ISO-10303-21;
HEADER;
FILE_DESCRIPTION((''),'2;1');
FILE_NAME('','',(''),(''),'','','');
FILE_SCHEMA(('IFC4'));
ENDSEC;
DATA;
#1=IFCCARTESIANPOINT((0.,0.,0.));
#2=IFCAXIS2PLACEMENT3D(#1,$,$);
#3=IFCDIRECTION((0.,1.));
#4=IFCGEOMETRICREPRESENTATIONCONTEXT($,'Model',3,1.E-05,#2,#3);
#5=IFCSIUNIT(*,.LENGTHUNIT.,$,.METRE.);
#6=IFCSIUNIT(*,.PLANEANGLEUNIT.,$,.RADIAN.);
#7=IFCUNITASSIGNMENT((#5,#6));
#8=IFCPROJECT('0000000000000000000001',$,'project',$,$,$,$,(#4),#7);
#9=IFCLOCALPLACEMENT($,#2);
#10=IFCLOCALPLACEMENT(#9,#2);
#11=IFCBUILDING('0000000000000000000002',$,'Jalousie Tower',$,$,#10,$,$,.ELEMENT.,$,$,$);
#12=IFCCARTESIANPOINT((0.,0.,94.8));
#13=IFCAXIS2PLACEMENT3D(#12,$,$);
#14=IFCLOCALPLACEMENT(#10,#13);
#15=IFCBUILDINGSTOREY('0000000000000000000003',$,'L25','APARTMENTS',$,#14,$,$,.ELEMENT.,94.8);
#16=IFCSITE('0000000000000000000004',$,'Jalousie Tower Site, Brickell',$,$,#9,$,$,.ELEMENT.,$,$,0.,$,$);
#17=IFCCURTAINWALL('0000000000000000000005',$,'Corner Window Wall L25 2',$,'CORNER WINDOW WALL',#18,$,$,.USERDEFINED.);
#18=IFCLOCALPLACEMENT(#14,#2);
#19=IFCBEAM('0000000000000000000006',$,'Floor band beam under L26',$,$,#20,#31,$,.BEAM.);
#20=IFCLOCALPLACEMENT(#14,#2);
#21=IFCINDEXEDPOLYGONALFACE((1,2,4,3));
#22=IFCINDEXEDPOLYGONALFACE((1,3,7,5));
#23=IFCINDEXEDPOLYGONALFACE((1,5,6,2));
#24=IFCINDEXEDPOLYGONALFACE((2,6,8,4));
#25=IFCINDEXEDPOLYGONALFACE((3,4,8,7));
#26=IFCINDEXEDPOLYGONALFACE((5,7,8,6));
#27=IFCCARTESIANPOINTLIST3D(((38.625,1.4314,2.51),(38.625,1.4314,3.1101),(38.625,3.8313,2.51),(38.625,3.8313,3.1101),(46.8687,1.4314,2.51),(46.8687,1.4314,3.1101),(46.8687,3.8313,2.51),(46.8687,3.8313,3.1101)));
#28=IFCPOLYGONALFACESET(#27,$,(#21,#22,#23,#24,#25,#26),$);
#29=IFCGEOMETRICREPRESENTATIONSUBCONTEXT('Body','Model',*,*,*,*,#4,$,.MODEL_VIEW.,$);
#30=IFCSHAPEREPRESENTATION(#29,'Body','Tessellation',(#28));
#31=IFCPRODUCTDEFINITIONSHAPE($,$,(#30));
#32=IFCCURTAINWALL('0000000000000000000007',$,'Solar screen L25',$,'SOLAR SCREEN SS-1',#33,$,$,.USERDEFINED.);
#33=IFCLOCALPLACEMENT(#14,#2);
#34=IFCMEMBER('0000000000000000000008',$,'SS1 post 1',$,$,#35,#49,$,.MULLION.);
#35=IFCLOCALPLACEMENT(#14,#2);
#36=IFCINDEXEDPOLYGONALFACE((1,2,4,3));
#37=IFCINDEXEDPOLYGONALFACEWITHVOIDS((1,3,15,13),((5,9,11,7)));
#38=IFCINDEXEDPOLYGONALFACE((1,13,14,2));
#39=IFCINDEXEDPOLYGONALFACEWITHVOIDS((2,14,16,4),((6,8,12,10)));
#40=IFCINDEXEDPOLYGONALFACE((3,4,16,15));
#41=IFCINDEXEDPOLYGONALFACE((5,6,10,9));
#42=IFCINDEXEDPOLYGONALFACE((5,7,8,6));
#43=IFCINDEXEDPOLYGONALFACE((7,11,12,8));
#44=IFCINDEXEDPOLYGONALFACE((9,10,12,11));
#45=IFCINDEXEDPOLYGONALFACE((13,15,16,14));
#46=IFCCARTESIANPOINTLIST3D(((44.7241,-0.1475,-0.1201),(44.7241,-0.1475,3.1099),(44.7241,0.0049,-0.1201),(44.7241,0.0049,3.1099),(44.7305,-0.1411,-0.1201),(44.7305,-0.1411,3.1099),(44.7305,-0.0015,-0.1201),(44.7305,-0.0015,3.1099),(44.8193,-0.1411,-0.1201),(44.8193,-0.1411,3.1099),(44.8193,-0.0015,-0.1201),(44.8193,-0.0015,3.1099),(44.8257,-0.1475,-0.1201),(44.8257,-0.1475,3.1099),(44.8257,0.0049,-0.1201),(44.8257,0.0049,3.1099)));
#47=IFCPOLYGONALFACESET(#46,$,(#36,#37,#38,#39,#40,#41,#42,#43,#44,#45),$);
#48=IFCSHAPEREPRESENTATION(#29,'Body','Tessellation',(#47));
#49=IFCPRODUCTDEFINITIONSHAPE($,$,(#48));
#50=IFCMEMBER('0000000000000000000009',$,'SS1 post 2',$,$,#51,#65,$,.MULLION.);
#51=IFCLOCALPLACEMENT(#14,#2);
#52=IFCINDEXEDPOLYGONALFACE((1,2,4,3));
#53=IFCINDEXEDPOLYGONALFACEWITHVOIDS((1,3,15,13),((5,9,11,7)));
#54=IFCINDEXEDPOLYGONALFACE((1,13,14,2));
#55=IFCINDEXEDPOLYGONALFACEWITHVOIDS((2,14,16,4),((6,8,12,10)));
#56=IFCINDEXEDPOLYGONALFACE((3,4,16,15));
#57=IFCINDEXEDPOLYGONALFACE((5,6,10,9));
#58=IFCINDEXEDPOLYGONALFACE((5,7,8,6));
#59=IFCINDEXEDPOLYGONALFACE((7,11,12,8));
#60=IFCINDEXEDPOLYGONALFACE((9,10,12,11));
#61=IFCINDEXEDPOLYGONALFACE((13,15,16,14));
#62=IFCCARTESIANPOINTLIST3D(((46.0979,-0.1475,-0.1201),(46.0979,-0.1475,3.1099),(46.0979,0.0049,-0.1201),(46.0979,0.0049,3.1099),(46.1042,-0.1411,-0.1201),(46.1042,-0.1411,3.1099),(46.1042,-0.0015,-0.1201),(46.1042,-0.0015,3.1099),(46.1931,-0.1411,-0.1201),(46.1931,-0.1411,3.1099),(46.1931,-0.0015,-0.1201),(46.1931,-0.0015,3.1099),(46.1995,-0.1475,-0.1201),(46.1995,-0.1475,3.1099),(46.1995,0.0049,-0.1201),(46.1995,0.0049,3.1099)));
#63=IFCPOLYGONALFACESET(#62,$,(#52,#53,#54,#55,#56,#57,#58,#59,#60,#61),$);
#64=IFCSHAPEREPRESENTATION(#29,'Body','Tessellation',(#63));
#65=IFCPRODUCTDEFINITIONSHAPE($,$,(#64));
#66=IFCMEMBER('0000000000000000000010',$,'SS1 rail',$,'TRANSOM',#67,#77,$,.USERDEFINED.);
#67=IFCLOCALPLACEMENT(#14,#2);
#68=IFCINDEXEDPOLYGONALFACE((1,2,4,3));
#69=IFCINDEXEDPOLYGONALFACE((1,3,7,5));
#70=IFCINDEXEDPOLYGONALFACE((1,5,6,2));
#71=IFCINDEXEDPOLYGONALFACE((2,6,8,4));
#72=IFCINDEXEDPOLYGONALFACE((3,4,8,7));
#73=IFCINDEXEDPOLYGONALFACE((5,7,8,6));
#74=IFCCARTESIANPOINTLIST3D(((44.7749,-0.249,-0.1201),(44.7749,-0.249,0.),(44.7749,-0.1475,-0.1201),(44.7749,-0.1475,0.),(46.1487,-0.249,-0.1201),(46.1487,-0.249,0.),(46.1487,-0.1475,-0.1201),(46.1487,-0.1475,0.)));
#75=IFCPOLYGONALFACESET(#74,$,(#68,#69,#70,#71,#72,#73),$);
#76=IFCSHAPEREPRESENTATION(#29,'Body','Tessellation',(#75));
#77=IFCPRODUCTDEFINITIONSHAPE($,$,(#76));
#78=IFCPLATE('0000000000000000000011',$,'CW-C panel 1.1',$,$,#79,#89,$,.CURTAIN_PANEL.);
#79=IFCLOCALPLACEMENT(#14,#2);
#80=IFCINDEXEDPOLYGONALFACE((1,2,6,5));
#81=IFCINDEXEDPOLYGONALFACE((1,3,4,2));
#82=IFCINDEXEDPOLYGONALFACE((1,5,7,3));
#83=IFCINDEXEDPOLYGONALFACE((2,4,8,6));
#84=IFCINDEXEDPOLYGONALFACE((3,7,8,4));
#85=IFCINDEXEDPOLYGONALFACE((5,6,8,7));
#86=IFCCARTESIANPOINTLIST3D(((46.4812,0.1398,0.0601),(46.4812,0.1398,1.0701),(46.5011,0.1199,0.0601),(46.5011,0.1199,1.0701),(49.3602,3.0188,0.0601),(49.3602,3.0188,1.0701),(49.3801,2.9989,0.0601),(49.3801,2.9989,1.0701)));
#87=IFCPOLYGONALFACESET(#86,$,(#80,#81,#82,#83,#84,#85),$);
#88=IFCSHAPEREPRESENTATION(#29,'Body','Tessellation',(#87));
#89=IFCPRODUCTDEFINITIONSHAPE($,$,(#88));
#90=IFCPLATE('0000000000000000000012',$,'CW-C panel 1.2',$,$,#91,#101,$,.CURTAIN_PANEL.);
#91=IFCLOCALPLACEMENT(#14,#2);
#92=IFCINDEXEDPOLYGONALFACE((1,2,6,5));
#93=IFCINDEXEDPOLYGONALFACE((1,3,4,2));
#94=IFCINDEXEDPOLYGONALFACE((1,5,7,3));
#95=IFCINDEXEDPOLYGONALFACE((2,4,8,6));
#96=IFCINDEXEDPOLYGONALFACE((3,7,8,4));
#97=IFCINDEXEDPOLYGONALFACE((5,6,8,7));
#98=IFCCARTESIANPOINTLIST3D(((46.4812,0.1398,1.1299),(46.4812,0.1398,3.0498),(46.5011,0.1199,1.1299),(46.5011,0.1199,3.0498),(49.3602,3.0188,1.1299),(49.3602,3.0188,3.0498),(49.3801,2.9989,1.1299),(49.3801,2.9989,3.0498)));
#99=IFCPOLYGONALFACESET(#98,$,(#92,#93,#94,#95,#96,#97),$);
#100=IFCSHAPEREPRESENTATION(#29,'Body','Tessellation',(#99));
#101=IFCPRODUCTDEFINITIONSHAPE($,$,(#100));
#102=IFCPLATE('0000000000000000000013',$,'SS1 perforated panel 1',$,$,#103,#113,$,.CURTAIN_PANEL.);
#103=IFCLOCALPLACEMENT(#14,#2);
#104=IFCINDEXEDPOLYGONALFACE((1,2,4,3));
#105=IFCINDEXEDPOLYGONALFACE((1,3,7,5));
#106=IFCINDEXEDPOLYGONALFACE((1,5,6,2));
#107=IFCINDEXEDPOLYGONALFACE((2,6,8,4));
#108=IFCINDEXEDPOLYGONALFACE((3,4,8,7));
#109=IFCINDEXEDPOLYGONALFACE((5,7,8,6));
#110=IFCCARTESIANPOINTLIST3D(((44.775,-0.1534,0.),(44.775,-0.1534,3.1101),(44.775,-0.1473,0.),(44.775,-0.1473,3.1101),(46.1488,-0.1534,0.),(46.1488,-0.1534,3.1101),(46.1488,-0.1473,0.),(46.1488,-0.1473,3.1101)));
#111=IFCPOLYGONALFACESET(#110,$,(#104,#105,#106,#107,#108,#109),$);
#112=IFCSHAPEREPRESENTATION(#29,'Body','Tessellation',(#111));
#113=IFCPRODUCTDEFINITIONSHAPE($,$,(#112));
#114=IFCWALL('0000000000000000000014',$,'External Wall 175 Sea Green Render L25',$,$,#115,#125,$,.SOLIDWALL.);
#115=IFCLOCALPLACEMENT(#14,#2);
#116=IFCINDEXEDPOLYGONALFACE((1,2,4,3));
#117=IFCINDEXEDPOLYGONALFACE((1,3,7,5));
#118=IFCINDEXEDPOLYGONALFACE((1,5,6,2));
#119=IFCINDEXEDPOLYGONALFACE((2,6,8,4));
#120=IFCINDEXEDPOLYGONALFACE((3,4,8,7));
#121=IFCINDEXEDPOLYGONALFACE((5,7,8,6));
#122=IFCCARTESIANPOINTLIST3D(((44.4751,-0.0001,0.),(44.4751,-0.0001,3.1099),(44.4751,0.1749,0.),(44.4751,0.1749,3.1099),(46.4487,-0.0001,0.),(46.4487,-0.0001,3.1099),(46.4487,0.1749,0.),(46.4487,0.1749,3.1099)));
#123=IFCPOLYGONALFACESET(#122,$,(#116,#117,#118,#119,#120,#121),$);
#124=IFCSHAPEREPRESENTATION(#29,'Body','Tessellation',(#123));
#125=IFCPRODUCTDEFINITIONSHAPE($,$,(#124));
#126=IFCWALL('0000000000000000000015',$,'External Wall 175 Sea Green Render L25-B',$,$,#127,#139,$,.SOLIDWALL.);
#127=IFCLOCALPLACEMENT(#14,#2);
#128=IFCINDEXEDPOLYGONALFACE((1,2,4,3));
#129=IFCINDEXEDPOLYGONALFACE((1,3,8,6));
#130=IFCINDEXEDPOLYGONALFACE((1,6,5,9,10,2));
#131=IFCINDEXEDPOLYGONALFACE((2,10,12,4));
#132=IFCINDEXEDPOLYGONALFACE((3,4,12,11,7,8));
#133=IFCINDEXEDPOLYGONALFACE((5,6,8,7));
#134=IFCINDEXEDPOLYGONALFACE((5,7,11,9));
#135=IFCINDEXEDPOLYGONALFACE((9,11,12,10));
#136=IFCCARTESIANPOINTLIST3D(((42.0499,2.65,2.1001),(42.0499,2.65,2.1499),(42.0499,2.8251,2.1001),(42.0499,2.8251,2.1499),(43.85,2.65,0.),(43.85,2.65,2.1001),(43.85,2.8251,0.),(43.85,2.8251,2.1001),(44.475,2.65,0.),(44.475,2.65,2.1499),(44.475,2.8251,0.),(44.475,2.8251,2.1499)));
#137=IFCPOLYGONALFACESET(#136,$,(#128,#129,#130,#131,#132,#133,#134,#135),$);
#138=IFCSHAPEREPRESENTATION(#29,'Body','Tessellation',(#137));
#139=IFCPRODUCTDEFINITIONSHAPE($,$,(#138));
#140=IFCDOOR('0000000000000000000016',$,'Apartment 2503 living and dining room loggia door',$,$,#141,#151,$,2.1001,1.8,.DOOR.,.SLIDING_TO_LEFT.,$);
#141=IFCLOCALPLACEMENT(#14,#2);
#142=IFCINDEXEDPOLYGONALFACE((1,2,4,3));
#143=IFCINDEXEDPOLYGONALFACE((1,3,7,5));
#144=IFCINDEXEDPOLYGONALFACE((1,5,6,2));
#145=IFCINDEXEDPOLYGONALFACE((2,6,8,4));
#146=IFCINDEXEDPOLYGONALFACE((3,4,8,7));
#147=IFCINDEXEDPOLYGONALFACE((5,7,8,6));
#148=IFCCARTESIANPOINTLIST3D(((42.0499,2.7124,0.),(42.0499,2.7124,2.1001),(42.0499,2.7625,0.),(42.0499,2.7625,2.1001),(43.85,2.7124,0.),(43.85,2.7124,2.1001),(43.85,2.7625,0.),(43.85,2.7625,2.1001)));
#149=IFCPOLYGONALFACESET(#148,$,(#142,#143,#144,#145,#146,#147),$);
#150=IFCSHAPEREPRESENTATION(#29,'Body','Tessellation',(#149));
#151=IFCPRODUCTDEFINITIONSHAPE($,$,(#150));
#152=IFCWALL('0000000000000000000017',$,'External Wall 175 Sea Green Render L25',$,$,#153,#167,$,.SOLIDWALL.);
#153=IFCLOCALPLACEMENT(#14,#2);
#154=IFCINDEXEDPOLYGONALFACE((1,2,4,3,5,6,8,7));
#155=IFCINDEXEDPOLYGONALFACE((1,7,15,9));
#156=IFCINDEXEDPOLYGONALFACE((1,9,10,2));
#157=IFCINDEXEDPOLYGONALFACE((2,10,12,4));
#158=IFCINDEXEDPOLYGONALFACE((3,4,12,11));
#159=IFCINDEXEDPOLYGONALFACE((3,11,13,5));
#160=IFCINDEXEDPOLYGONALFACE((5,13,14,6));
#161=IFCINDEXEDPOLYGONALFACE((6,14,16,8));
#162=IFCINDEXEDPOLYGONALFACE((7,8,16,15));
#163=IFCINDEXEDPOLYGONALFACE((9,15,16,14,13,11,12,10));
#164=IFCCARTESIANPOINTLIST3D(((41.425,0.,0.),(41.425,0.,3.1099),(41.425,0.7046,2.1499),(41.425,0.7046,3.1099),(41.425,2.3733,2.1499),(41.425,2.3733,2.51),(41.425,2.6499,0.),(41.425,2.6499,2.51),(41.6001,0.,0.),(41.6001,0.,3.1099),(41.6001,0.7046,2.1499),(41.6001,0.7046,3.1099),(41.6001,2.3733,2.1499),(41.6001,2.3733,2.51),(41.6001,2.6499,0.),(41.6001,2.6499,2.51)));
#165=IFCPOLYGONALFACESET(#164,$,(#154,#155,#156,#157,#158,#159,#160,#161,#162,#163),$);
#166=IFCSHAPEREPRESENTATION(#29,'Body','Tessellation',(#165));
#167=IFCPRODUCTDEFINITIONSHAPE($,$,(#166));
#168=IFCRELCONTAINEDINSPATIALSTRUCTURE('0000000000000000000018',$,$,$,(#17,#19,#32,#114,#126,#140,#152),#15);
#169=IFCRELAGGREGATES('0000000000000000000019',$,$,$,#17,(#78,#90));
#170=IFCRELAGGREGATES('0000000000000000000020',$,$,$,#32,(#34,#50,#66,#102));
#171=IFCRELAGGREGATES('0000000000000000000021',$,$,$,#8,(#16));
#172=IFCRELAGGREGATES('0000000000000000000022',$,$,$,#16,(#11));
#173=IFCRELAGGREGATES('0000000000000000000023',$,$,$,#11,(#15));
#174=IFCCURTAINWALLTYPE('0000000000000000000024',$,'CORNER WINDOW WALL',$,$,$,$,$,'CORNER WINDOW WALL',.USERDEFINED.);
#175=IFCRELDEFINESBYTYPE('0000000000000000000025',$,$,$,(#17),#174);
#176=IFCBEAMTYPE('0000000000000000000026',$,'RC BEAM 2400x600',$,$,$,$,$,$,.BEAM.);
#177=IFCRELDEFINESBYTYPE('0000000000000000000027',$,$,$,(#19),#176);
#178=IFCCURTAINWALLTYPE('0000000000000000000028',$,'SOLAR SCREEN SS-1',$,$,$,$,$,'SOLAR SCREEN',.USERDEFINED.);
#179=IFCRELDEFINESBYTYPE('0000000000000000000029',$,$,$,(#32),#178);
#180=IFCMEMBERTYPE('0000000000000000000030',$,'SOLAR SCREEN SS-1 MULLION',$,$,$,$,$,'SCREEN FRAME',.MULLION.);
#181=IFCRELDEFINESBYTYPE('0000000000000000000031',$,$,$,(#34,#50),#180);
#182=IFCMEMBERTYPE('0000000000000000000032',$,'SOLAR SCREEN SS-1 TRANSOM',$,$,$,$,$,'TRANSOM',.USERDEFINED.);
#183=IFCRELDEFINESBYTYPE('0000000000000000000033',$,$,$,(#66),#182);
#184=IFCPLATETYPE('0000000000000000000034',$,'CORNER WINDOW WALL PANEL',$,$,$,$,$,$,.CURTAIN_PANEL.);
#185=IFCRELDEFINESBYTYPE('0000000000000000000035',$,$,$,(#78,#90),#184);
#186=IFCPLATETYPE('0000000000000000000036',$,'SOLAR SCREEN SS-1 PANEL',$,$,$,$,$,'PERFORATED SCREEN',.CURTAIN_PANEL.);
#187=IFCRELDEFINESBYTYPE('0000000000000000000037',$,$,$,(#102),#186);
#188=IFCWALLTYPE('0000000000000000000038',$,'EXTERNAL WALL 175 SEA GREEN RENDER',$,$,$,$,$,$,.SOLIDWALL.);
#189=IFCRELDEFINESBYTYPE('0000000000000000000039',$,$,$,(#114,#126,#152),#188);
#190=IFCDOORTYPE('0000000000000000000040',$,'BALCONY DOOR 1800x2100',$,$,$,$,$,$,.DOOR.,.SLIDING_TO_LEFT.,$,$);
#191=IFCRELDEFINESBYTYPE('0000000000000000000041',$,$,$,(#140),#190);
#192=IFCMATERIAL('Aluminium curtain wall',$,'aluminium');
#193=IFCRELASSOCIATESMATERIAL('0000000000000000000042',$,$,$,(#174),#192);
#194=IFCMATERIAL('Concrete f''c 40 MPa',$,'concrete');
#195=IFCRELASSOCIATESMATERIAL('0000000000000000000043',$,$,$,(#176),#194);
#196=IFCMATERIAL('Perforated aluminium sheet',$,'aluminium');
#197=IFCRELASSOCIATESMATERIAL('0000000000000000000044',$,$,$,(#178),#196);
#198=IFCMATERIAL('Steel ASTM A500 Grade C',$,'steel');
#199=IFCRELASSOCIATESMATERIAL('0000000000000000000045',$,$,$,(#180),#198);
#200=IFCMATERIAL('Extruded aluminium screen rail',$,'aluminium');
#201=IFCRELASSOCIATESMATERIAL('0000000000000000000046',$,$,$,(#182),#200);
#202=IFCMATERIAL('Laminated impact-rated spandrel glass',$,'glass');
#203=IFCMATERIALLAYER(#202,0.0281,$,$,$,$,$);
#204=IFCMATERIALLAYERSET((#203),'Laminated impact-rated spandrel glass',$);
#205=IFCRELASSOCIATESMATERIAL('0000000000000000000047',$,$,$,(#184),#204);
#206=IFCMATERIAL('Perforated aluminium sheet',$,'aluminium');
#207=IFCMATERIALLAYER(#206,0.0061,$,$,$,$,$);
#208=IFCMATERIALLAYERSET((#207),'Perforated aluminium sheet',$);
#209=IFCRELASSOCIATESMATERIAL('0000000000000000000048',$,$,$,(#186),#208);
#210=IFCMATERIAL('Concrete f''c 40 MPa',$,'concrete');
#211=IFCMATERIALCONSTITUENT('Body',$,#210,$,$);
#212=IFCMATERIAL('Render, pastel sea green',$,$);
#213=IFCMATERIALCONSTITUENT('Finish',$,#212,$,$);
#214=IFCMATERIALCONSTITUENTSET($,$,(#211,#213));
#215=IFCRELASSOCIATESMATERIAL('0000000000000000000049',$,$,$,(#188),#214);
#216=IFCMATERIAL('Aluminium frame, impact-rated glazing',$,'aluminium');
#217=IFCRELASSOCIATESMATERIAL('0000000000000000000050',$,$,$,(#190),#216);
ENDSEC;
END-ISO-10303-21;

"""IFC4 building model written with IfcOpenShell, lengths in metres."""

from ifc_helpers import new_model, si_unit, direction, frame, frame_2d, origin, origin_2d, place, context, subcontext, project, spatial, polyline, rectangle, hollow_rectangle, outline, extrude, material, layer, layer_set, constituent, constituent_set, material_profile, profile_set, type_object, element, fill, aggregate, save


model = new_model("IFC4")

# Units and contexts
model_context = context("Model", 3, precision=1e-05, world=origin(), true_north=direction((0.0, 1.0)))
body_context = subcontext(model_context, "Body", "Model", "MODEL_VIEW")
ifc_project = project(units=[si_unit("LENGTHUNIT", "METRE"), si_unit("PLANEANGLEUNIT", "RADIAN")], contexts=[model_context])

# Site, building, storey
site_placement = place(None, origin())
site = spatial("IfcSite", under=ifc_project, at=site_placement, Name="Jalousie Tower Site, Brickell", CompositionType="ELEMENT", RefElevation=0.0)
building_placement = place(site_placement, origin())
building = spatial("IfcBuilding", under=site, at=building_placement, Name="Jalousie Tower", CompositionType="ELEMENT")
storey_placement = place(building_placement, frame((0.0, 0.0, 94.8)))
storey = spatial("IfcBuildingStorey", under=building, at=storey_placement, Name="L25", Description="APARTMENTS", CompositionType="ELEMENT", Elevation=94.8)

# Curtain wall
ifc_material_1 = material(Name="Aluminium curtain wall", Category="aluminium")
curtain_wall_type_1 = type_object("IfcCurtainWallType", Name="CORNER WINDOW WALL", ElementType="CORNER WINDOW WALL", PredefinedType="USERDEFINED", material=ifc_material_1)
curtain_wall_1_placement = place(storey_placement, origin())
curtain_wall_1 = element("IfcCurtainWall", 1, at=curtain_wall_1_placement, inside=storey, type_object=curtain_wall_type_1, Name="Corner Window Wall L25 2", ObjectType="CORNER WINDOW WALL", PredefinedType="USERDEFINED")

# Beam
ifc_material_2 = material(Name="Concrete f'c 40 MPa", Category="concrete")
ifc_material_profile_1 = material_profile(ifc_material_2, rectangle(XDim=2.3999, YDim=0.6001, at=origin_2d()), Name="RC 2400x600")
ifc_profile_set_1 = profile_set([ifc_material_profile_1], Name="Concrete f'c 40 MPa")
beam_type_1 = type_object("IfcBeamType", Name="RC BEAM 2400x600", PredefinedType="BEAM", material=ifc_profile_set_1)
beam_1_placement = place(storey_placement, frame((46.8687, 2.6313, 2.8101), z_axis=(-1.0, 0.0, 0.0), x_axis=(0.0, -1.0, 0.0)))
element("IfcBeam", 2, at=beam_1_placement, inside=storey, type_object=beam_type_1, Name="Floor band beam under L26", PredefinedType="BEAM", context=body_context, shape_type="SweptSolid", body=[
    extrude(rectangle(XDim=2.3999, YDim=0.6001, at=origin_2d()), origin(), (0.0, 0.0, 1.0), 8.2437),
])

# Curtain wall, members
ifc_material_3 = material(Name="Perforated aluminium sheet", Category="aluminium")
curtain_wall_type_2 = type_object("IfcCurtainWallType", Name="SOLAR SCREEN SS-1", ElementType="SOLAR SCREEN", PredefinedType="USERDEFINED", material=ifc_material_3)
curtain_wall_2_placement = place(storey_placement, origin())
curtain_wall_2 = element("IfcCurtainWall", 3, at=curtain_wall_2_placement, inside=storey, type_object=curtain_wall_type_2, Name="Solar screen L25", ObjectType="SOLAR SCREEN SS-1", PredefinedType="USERDEFINED")
ifc_material_4 = material(Name="Steel ASTM A500 Grade C", Category="steel")
ifc_material_profile_2 = material_profile(ifc_material_4, hollow_rectangle(XDim=0.1016, YDim=0.1523, WallThickness=0.0063, at=origin_2d()), Name="HSS6X4X1/4")
ifc_profile_set_2 = profile_set([ifc_material_profile_2], Name="Steel ASTM A500 Grade C")
member_type_1 = type_object("IfcMemberType", Name="SOLAR SCREEN SS-1 MULLION", ElementType="SCREEN FRAME", PredefinedType="MULLION", material=ifc_profile_set_2)
member_1_placement = place(storey_placement, frame((44.7749, -0.0713, -0.1201), z_axis=(0.0, 0.0, 1.0), x_axis=(1.0, 0.0, 0.0)))
member_1 = element("IfcMember", 4, at=member_1_placement, type_object=member_type_1, Name="SS1 post 1", PredefinedType="MULLION", context=body_context, shape_type="SweptSolid", body=[
    extrude(hollow_rectangle(XDim=0.1016, YDim=0.1523, WallThickness=0.0063, at=origin_2d()), origin(), (0.0, 0.0, 1.0), 3.23),
])
member_2_placement = place(storey_placement, frame((46.1487, -0.0713, -0.1201), z_axis=(0.0, 0.0, 1.0), x_axis=(1.0, 0.0, 0.0)))
member_2 = element("IfcMember", 5, at=member_2_placement, type_object=member_type_1, Name="SS1 post 2", PredefinedType="MULLION", context=body_context, shape_type="SweptSolid", body=[
    extrude(hollow_rectangle(XDim=0.1016, YDim=0.1523, WallThickness=0.0063, at=origin_2d()), origin(), (0.0, 0.0, 1.0), 3.23),
])
ifc_material_5 = material(Name="Extruded aluminium screen rail", Category="aluminium")
ifc_material_profile_3 = material_profile(ifc_material_5, rectangle(XDim=0.1016, YDim=0.1201, at=origin_2d()), Name="RAIL 102x120")
ifc_profile_set_3 = profile_set([ifc_material_profile_3], Name="Extruded aluminium screen rail")
member_type_2 = type_object("IfcMemberType", Name="SOLAR SCREEN SS-1 TRANSOM", ElementType="TRANSOM", PredefinedType="USERDEFINED", material=ifc_profile_set_3)
member_3_placement = place(storey_placement, frame((44.7749, -0.1982, -0.0601), z_axis=(1.0, 0.0, 0.0), x_axis=(0.0, 1.0, 0.0)))
member_3 = element("IfcMember", 6, at=member_3_placement, type_object=member_type_2, Name="SS1 rail", ObjectType="TRANSOM", PredefinedType="USERDEFINED", context=body_context, shape_type="SweptSolid", body=[
    extrude(rectangle(XDim=0.1016, YDim=0.1201, at=origin_2d()), origin(), (0.0, 0.0, 1.0), 1.3738),
])

# Plates
ifc_material_6 = material(Name="Laminated impact-rated spandrel glass", Category="glass")
ifc_layer_1 = layer(ifc_material_6, 0.0281)
ifc_layer_set_1 = layer_set([ifc_layer_1], Name="Laminated impact-rated spandrel glass")
plate_type_1 = type_object("IfcPlateType", Name="CORNER WINDOW WALL PANEL", PredefinedType="CURTAIN_PANEL", material=ifc_layer_set_1)
plate_1_placement = place(storey_placement, frame((47.9307, 1.5693, 0.0601), z_axis=(0.0, 0.0, 1.0), x_axis=(0.707107, 0.707107, 0.0)))
plate_1 = element("IfcPlate", 7, at=plate_1_placement, type_object=plate_type_1, Name="CW-C panel 1.1", PredefinedType="CURTAIN_PANEL", context=body_context, shape_type="SweptSolid", body=[
    extrude(rectangle(XDim=4.0715, YDim=0.0281, at=origin_2d()), origin(), (0.0, 0.0, 1.0), 1.01),
])
plate_2_placement = place(storey_placement, frame((47.9307, 1.5693, 1.1299), z_axis=(0.0, 0.0, 1.0), x_axis=(0.707107, 0.707107, 0.0)))
plate_2 = element("IfcPlate", 8, at=plate_2_placement, type_object=plate_type_1, Name="CW-C panel 1.2", PredefinedType="CURTAIN_PANEL", context=body_context, shape_type="SweptSolid", body=[
    extrude(rectangle(XDim=4.0715, YDim=0.0281, at=origin_2d()), origin(), (0.0, 0.0, 1.0), 1.9199),
])
aggregate(curtain_wall_1, [plate_1, plate_2])
ifc_material_7 = material(Name="Perforated aluminium sheet", Category="aluminium")
ifc_layer_2 = layer(ifc_material_7, 0.0061)
ifc_layer_set_2 = layer_set([ifc_layer_2], Name="Perforated aluminium sheet")
plate_type_2 = type_object("IfcPlateType", Name="SOLAR SCREEN SS-1 PANEL", ElementType="PERFORATED SCREEN", PredefinedType="CURTAIN_PANEL", material=ifc_layer_set_2)
plate_3_placement = place(storey_placement, frame((45.4619, -0.1504, 0.0), z_axis=(0.0, 0.0, 1.0), x_axis=(1.0, 0.0, 0.0)))
plate_3 = element("IfcPlate", 9, at=plate_3_placement, type_object=plate_type_2, Name="SS1 perforated panel 1", PredefinedType="CURTAIN_PANEL", context=body_context, shape_type="SweptSolid", body=[
    extrude(rectangle(XDim=1.3738, YDim=0.0061, at=origin_2d()), origin(), (0.0, 0.0, 1.0), 3.1101),
])
aggregate(curtain_wall_2, [member_1, member_2, member_3, plate_3])

# Wall
ifc_material_8 = material(Name="Concrete f'c 40 MPa", Category="concrete")
ifc_constituent_1 = constituent(ifc_material_8, Name="Body")
ifc_material_9 = material(Name="Render, pastel sea green")
ifc_constituent_2 = constituent(ifc_material_9, Name="Finish")
ifc_constituent_set = constituent_set(constituents=[ifc_constituent_1, ifc_constituent_2])
wall_type = type_object("IfcWallType", Name="EXTERNAL WALL 175 SEA GREEN RENDER", PredefinedType="SOLIDWALL", material=ifc_constituent_set)
wall_1_placement = place(storey_placement, frame((44.4751, 0.0874, 0.0), z_axis=(0.0, 0.0, 1.0), x_axis=(1.0, 0.0, 0.0)))
element("IfcWall", 10, at=wall_1_placement, inside=storey, type_object=wall_type, Name="External Wall 175 Sea Green Render L25", PredefinedType="SOLIDWALL", context=body_context, shape_type="SweptSolid", body=[
    extrude(rectangle(XDim=1.9736, YDim=0.175, at=frame_2d((0.9868, 0.0))), origin(), (0.0, 0.0, 1.0), 3.1099),
])

# Wall, opening, door
wall_2_placement = place(storey_placement, frame((42.05, 2.7375, 0.0), z_axis=(0.0, 0.0, 1.0), x_axis=(1.0, 0.0, 0.0)))
wall_2 = element("IfcWall", 11, at=wall_2_placement, inside=storey, type_object=wall_type, Name="External Wall 175 Sea Green Render L25-B", PredefinedType="SOLIDWALL", context=body_context, shape_type="SweptSolid", body=[
    extrude(rectangle(XDim=2.425, YDim=0.175, at=frame_2d((1.2124, 0.0))), origin(), (0.0, 0.0, 1.0), 2.1499),
])
opening_1_placement = place(wall_2_placement, origin())
opening_1 = element("IfcOpeningElement", 12, at=opening_1_placement, cuts=wall_2, PredefinedType="OPENING", context=body_context, shape_type="SweptSolid", body=[
    extrude(rectangle(XDim=1.8, YDim=2.1001, at=frame_2d((0.8999, 1.05))), frame((0.0, 0.0974, 0.0), z_axis=(0.0, -1.0, 0.0), x_axis=(1.0, 0.0, 0.0)), (0.0, 0.0, 1.0), 0.1951),
])
ifc_material_10 = material(Name="Aluminium frame, impact-rated glazing", Category="aluminium")
door_type = type_object("IfcDoorType", Name="BALCONY DOOR 1800x2100", OperationType="SLIDING_TO_LEFT", PredefinedType="DOOR", material=ifc_material_10)
door_placement = place(opening_1_placement, origin())
door = element("IfcDoor", 13, at=door_placement, inside=storey, type_object=door_type, Name="Apartment 2503 living and dining room loggia door", OperationType="SLIDING_TO_LEFT", OverallHeight=2.1001, OverallWidth=1.8, PredefinedType="DOOR", context=body_context, shape_type="SweptSolid", body=[
    extrude(rectangle(XDim=1.8, YDim=2.1001, at=frame_2d((0.8999, 1.05))), frame((0.0, 0.0249, 0.0), z_axis=(0.0, -1.0, 0.0), x_axis=(1.0, 0.0, 0.0)), (0.0, 0.0, 1.0), 0.05),
])
fill(opening_1, door)

# Wall
wall_3_placement = place(storey_placement, frame((41.5125, 0.0, 0.0), z_axis=(0.0, 0.0, 1.0), x_axis=(0.0, 1.0, 0.0)))
element("IfcWall", 14, at=wall_3_placement, inside=storey, type_object=wall_type, Name="External Wall 175 Sea Green Render L25", PredefinedType="SOLIDWALL", context=body_context, shape_type="SweptSolid", body=[
    extrude(outline(polyline([(0.0, 0.0), (2.6499, 0.0), (2.6499, 2.51), (2.3733, 2.51), (2.3733, 2.1499), (0.7046, 2.1499), (0.7046, 3.1099), (0.0, 3.1099), (0.0, 0.0)])), frame((0.0, 0.0874, 0.0), z_axis=(0.0, -1.0, 0.0), x_axis=(1.0, 0.0, 0.0)), (0.0, 0.0, 1.0), 0.175),
])

save(model, "model.ifc")
